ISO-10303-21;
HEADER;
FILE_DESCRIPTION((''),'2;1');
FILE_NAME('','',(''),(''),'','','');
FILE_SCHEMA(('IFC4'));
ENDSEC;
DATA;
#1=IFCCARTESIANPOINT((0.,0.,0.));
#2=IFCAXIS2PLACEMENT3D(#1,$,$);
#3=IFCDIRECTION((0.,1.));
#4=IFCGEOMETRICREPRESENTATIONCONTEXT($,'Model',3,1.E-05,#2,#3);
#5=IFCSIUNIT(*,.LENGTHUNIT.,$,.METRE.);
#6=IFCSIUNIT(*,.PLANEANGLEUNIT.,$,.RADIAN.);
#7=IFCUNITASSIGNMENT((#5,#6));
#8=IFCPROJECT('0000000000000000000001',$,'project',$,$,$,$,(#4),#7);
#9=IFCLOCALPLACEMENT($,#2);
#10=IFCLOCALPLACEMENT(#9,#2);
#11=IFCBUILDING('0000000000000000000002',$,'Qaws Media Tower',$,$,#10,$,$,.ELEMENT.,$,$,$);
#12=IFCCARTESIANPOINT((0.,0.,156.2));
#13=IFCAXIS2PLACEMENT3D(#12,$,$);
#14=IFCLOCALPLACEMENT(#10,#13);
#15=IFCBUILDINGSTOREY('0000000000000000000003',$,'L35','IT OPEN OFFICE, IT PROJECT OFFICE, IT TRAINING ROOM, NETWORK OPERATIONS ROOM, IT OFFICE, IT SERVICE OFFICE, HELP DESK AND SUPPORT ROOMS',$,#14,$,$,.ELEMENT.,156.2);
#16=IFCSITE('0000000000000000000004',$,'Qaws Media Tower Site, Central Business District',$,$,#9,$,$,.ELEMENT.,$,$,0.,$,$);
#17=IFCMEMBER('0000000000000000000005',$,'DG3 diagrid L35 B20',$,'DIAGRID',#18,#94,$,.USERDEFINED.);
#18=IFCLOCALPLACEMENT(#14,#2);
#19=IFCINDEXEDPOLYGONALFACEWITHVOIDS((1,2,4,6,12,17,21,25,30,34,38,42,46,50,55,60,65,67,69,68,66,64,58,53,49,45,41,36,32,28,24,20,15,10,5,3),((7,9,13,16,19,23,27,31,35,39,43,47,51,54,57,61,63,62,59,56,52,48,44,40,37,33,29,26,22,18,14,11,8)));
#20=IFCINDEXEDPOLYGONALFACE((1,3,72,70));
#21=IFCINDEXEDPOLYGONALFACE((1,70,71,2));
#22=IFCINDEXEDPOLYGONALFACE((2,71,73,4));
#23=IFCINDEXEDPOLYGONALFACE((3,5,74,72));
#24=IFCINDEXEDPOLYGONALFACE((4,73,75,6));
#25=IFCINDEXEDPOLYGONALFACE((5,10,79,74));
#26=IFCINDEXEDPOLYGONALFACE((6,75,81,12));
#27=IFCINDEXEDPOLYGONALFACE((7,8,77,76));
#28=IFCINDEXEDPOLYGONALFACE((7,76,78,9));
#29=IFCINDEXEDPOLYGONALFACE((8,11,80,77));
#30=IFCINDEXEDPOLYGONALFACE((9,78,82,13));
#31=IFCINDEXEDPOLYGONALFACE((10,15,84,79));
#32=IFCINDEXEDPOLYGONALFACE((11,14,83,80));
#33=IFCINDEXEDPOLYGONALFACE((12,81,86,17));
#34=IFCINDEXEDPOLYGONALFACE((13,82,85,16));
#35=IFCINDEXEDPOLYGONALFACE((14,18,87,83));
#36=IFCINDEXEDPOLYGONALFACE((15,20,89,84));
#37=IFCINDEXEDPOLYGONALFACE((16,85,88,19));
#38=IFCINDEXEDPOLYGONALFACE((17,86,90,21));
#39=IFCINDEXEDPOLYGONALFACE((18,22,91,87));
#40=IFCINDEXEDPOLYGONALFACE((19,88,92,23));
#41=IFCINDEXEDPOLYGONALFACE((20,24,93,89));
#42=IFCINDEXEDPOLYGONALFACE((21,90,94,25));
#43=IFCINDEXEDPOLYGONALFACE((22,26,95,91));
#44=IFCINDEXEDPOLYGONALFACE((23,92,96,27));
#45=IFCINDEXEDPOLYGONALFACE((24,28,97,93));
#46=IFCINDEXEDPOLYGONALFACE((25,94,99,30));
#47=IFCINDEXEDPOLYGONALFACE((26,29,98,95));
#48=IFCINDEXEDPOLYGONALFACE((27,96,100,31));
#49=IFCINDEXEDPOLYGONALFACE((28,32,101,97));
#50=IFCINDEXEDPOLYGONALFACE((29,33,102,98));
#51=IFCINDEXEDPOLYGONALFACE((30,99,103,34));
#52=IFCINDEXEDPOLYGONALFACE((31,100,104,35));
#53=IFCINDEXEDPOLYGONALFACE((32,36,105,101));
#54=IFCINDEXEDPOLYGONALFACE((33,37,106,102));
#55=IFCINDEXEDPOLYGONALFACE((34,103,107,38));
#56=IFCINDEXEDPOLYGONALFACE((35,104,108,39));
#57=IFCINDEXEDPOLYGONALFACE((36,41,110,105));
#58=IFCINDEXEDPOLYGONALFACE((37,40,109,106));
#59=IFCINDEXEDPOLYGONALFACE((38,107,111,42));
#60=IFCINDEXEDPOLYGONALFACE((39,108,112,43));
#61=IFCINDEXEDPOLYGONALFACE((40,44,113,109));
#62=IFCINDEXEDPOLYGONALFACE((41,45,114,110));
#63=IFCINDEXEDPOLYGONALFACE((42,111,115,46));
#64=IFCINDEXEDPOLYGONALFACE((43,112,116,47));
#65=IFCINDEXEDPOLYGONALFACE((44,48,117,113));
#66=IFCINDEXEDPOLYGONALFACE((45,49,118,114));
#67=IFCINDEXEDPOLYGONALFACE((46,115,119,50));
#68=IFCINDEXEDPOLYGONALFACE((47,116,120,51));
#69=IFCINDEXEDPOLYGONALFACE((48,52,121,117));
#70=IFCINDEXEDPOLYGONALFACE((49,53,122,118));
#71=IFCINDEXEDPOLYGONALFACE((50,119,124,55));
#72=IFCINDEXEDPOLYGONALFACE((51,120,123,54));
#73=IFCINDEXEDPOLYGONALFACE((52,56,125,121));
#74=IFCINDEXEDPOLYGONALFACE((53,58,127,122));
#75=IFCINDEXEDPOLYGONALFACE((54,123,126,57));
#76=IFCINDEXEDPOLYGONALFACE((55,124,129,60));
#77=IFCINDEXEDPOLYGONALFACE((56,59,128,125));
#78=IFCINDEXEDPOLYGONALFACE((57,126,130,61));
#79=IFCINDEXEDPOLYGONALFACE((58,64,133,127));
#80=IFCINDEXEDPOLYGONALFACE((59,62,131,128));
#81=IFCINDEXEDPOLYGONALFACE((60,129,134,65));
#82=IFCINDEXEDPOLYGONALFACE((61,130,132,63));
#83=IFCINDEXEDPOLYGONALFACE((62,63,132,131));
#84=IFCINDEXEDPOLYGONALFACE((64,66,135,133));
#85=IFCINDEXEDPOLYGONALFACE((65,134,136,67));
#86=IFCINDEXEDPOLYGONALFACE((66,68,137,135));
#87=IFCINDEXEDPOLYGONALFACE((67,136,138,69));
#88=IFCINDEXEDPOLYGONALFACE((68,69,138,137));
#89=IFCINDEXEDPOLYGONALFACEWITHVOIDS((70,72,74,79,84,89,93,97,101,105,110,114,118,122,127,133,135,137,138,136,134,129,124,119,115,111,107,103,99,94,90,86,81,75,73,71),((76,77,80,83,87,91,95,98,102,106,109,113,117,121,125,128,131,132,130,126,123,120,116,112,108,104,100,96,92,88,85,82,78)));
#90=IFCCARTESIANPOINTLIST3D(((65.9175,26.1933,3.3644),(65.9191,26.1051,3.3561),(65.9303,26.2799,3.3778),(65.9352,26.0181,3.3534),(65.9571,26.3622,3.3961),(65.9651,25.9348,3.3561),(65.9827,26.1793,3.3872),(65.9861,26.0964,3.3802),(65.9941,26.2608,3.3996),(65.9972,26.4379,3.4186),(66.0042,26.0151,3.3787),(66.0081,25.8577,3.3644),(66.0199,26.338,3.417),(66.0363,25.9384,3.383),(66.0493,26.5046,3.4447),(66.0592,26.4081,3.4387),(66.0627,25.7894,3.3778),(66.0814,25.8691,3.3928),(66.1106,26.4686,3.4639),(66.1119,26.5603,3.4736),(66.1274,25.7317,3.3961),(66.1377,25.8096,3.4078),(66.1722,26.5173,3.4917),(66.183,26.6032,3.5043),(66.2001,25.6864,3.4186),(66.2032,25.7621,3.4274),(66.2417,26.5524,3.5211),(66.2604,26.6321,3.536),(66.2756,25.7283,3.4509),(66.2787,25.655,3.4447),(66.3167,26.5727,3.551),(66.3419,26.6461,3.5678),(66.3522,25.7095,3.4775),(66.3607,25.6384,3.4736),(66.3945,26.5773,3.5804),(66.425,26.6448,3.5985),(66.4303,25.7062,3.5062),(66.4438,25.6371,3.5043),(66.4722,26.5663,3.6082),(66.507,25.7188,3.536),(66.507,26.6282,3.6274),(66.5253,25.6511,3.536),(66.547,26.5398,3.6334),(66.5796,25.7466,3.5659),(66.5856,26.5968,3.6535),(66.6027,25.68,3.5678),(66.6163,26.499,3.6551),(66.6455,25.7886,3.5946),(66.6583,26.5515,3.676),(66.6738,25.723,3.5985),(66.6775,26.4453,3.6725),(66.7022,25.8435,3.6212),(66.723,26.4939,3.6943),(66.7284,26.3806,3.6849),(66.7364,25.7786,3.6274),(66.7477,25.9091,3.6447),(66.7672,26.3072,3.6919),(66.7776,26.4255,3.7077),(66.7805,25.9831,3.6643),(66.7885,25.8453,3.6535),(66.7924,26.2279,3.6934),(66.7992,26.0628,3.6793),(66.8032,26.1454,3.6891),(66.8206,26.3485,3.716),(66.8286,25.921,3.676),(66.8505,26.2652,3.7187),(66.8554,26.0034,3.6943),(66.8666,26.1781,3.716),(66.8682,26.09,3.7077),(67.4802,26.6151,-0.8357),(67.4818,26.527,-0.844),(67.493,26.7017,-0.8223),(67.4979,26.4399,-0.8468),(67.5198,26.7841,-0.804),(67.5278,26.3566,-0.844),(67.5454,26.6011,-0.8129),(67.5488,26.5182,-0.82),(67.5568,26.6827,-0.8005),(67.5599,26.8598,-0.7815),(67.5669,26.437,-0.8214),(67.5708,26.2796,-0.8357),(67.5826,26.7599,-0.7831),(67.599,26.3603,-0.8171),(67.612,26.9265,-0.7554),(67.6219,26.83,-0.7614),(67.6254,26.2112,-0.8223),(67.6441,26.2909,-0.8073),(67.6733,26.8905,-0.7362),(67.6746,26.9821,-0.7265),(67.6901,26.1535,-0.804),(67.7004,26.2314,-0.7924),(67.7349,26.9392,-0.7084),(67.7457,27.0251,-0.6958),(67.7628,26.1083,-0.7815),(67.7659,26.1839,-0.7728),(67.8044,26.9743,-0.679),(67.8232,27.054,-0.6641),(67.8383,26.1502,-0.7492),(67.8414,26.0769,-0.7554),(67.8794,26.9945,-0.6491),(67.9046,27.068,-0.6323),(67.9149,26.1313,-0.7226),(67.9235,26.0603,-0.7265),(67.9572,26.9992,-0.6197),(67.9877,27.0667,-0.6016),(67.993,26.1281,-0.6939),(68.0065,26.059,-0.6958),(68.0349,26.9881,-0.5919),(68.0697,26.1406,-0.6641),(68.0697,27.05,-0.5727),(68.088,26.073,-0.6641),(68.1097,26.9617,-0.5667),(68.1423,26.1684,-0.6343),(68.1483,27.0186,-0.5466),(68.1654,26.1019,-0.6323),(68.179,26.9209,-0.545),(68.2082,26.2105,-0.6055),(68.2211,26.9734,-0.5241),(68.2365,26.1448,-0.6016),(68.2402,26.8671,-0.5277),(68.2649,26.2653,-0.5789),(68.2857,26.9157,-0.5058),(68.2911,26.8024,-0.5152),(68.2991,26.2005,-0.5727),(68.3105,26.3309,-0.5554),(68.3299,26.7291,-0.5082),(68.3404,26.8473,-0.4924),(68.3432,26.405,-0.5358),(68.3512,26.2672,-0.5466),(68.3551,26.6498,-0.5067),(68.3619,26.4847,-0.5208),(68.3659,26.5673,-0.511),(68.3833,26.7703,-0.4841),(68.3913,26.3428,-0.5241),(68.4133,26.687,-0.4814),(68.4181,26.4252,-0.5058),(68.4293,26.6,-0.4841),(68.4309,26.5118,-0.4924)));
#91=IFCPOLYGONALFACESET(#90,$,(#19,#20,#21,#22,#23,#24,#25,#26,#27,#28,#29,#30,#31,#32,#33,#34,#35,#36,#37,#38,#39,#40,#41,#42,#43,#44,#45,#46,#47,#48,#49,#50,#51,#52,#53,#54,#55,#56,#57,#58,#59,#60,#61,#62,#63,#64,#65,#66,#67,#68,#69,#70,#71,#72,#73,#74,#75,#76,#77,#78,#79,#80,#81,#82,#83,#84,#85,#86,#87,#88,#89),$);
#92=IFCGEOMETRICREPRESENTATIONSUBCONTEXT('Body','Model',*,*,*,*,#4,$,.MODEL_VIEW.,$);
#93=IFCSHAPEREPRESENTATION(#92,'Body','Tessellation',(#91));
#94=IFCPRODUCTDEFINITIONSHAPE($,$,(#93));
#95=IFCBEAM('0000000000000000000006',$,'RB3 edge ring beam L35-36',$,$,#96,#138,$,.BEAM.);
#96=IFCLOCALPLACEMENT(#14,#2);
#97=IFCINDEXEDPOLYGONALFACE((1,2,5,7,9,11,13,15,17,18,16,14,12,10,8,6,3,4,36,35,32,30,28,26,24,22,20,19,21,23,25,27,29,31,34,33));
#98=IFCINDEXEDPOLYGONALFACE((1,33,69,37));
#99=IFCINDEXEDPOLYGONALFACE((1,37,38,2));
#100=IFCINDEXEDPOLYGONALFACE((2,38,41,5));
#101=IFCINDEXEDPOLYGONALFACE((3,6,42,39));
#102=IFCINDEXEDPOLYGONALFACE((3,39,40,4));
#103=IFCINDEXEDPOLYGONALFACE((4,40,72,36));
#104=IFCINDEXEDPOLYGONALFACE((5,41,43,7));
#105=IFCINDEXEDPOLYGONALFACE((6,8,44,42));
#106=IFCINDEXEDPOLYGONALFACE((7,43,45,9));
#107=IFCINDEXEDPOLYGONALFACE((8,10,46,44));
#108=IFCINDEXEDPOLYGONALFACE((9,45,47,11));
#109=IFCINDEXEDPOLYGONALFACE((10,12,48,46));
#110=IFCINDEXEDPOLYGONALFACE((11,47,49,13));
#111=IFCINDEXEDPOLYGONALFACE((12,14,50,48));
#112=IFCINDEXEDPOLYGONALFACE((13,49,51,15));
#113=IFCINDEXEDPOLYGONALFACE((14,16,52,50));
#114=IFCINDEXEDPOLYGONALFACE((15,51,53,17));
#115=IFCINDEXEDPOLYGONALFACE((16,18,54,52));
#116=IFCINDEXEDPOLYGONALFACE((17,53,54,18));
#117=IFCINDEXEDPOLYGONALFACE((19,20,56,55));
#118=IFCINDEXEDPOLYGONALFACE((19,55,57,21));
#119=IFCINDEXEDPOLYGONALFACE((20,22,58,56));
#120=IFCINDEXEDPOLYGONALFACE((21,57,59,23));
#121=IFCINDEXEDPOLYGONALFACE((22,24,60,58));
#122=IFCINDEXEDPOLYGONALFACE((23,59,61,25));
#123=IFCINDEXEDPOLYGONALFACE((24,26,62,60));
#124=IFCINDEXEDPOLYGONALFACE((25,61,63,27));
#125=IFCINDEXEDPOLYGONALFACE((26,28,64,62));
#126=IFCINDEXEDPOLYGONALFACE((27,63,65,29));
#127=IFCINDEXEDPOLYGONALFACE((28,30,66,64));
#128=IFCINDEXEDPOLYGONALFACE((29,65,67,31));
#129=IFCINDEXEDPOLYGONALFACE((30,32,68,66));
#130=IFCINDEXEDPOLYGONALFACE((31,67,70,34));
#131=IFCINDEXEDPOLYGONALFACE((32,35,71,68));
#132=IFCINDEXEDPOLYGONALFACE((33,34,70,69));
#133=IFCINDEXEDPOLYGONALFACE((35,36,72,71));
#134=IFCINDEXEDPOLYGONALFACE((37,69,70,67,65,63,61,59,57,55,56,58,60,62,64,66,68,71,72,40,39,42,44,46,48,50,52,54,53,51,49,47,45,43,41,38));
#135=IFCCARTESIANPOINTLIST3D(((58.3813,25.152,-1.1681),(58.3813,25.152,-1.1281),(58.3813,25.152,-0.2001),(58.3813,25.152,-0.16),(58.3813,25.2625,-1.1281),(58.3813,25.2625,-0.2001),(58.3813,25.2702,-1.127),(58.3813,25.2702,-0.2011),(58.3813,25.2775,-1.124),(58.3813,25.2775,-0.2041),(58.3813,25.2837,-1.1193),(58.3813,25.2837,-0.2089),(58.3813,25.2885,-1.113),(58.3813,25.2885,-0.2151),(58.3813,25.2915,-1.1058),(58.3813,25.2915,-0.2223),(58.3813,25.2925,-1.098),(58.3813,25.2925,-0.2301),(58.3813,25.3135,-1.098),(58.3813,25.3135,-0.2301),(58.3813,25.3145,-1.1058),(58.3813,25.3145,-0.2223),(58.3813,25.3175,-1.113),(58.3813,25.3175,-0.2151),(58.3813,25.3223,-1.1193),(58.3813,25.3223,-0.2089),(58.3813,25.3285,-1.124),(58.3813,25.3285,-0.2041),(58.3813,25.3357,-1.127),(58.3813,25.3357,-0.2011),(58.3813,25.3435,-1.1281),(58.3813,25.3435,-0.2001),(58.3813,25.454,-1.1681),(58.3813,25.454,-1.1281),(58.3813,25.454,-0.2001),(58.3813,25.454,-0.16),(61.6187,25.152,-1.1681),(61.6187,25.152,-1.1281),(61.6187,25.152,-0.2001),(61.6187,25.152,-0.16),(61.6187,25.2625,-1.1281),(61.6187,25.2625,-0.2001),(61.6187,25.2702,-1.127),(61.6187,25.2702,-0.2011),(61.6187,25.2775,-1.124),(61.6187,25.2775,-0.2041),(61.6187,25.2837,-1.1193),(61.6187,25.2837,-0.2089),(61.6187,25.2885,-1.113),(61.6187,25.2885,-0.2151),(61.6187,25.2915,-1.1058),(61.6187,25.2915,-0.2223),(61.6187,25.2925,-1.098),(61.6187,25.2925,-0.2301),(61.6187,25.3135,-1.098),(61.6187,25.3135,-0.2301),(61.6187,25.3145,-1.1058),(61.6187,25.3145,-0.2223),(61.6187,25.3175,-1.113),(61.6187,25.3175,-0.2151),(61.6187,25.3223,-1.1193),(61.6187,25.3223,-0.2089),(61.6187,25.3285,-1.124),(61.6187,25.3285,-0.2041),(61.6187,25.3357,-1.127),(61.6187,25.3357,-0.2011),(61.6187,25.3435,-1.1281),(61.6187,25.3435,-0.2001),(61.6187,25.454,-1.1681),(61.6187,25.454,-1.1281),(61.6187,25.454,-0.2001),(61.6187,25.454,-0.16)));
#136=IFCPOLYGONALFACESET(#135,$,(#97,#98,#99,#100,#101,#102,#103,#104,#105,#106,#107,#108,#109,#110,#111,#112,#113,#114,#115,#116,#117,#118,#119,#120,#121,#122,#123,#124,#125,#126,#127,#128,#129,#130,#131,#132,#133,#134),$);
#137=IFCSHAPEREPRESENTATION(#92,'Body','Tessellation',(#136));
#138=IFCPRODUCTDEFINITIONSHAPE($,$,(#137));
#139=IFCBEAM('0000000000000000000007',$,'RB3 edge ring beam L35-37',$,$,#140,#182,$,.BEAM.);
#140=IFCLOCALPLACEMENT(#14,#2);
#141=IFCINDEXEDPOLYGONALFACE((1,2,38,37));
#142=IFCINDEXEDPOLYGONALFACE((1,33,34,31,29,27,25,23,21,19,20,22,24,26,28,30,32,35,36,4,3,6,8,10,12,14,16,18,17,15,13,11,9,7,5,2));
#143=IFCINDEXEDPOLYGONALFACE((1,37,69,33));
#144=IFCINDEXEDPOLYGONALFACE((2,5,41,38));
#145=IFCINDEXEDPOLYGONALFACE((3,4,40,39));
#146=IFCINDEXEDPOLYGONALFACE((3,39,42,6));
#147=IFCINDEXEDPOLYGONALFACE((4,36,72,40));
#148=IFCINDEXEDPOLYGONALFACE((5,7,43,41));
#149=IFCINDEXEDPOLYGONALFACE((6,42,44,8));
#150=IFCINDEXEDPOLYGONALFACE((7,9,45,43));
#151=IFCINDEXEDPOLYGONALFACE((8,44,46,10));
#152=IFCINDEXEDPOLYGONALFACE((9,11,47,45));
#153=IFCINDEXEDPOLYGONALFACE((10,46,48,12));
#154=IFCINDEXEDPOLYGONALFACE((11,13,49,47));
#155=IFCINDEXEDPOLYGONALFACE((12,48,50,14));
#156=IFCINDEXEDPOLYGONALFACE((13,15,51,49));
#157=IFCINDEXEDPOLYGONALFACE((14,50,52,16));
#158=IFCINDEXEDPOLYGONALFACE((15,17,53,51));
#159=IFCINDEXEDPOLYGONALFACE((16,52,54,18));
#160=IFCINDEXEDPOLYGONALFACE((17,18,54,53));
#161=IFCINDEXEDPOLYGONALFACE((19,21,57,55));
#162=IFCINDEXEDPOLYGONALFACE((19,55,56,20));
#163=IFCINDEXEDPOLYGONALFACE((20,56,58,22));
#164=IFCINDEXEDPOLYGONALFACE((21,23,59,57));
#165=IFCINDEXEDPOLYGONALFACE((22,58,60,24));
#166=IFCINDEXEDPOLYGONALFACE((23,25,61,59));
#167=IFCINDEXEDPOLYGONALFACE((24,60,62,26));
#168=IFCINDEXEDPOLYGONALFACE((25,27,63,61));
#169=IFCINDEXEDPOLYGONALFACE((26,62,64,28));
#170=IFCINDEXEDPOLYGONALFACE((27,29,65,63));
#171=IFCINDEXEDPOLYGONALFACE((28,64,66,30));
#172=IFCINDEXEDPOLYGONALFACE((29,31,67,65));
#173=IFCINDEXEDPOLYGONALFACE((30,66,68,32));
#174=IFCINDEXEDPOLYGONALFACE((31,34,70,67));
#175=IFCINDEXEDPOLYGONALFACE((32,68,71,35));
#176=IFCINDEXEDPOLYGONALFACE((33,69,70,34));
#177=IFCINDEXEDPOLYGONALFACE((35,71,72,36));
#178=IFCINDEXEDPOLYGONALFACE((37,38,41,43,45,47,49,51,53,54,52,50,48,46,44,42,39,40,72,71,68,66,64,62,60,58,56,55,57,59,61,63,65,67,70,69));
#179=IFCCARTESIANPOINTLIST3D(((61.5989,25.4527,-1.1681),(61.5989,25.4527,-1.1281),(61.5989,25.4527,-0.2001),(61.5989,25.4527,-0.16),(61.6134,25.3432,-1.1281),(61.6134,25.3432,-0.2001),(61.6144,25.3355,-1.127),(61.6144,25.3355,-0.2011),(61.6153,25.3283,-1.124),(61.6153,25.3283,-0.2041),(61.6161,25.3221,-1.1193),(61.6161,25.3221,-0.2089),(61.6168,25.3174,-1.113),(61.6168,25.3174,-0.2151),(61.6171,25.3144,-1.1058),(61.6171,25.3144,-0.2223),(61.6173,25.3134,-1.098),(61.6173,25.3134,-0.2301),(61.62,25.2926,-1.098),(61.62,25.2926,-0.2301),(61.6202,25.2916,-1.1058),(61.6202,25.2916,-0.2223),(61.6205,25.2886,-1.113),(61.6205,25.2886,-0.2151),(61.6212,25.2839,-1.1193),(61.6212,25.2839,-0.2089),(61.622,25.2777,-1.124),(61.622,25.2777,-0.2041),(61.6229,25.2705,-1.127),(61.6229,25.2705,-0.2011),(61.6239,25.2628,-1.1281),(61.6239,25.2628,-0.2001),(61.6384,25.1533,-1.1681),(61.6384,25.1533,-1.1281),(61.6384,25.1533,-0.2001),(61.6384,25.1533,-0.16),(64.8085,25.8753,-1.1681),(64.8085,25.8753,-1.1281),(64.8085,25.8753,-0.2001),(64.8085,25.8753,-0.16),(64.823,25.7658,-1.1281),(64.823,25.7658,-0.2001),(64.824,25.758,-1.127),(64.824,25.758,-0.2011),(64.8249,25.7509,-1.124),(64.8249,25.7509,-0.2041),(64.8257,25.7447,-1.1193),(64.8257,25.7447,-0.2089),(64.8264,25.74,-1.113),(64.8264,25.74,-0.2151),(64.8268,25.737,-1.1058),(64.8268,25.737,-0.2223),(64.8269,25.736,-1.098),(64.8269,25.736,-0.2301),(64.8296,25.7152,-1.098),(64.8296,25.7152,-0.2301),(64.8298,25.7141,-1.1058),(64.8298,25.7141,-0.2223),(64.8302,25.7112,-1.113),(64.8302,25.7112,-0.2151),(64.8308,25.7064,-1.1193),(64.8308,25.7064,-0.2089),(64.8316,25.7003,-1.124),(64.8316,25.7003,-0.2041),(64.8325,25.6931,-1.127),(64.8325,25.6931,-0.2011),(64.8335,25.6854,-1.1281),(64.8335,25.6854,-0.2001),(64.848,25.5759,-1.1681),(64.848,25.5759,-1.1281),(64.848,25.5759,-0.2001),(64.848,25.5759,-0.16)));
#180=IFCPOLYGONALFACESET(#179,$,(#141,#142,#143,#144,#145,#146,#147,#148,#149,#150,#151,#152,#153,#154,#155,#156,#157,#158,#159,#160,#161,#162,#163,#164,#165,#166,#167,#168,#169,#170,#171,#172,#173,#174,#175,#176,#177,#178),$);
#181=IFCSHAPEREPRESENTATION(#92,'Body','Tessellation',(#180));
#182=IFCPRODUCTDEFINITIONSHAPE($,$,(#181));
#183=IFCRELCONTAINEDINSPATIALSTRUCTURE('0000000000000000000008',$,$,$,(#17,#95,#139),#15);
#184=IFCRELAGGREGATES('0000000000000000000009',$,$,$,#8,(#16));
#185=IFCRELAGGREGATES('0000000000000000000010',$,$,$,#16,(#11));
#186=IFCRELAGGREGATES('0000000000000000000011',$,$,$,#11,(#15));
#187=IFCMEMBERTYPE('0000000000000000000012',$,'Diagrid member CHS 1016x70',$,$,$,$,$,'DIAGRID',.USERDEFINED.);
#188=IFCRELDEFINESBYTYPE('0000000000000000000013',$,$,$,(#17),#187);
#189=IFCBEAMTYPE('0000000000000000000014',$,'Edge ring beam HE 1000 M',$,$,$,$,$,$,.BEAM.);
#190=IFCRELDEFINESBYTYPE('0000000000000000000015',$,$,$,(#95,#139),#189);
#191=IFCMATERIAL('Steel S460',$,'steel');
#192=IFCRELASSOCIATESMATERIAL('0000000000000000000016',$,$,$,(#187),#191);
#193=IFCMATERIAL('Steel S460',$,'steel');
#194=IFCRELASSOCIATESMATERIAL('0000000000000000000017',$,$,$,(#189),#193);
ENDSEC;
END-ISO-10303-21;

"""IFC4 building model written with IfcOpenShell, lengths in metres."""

from ifc_helpers import new_model, si_unit, direction, frame, origin, origin_2d, place, context, subcontext, project, spatial, hollow_circle, i_section, extrude, material, material_profile, profile_set, type_object, element, save


model = new_model("IFC4")

# Units and contexts
model_context = context("Model", 3, precision=1e-05, world=origin(), true_north=direction((0.0, 1.0)))
body_context = subcontext(model_context, "Body", "Model", "MODEL_VIEW")
ifc_project = project(units=[si_unit("LENGTHUNIT", "METRE"), si_unit("PLANEANGLEUNIT", "RADIAN")], contexts=[model_context])

# Site, building, storey
site_placement = place(None, origin())
site = spatial("IfcSite", under=ifc_project, at=site_placement, Name="Qaws Media Tower Site, Central Business District", CompositionType="ELEMENT", RefElevation=0.0)
building_placement = place(site_placement, origin())
building = spatial("IfcBuilding", under=site, at=building_placement, Name="Qaws Media Tower", CompositionType="ELEMENT")
storey_placement = place(building_placement, frame((0.0, 0.0, 156.2)))
storey = spatial("IfcBuildingStorey", under=building, at=storey_placement, Name="L35", Description="IT OPEN OFFICE, IT PROJECT OFFICE, IT TRAINING ROOM, NETWORK OPERATIONS ROOM, IT OFFICE, IT SERVICE OFFICE, HELP DESK AND SUPPORT ROOMS", CompositionType="ELEMENT", Elevation=156.2)

# Member
ifc_material_1 = material(Name="Steel S460", Category="steel")
ifc_material_profile_1 = material_profile(ifc_material_1, hollow_circle(Radius=0.5081, WallThickness=0.0701, at=origin_2d()), Name="CHS 1016x70")
ifc_profile_set_1 = profile_set([ifc_material_profile_1], Name="Steel S460")
member_type_1 = type_object("IfcMemberType", Name="Diagrid member CHS 1016x70", ElementType="DIAGRID", PredefinedType="USERDEFINED", material=ifc_profile_set_1)
member_1_placement = place(storey_placement, frame((67.9556, 26.5635, -0.6641), z_axis=(-0.347175, -0.093723, 0.933105), x_axis=(0.260628, -0.965439, 0.0)))
element("IfcMember", 1, at=member_1_placement, inside=storey, type_object=member_type_1, Name="DG3 diagrid L35 B20", ObjectType="DIAGRID", PredefinedType="USERDEFINED", context=body_context, shape_type="SweptSolid", body=[
    extrude(hollow_circle(Radius=0.5081, WallThickness=0.0701, at=origin_2d()), origin(), (0.0, 0.0, 1.0), 4.5012),
])

# Beams
ifc_material_2 = material(Name="Steel S460", Category="steel")
ifc_material_profile_2 = material_profile(ifc_material_2, i_section(OverallWidth=0.302, OverallDepth=1.0081, WebThickness=0.021, FlangeThickness=0.04, FilletRadius=0.03, at=origin_2d()), Name="HE 1000 M")
ifc_profile_set_2 = profile_set([ifc_material_profile_2], Name="Steel S460")
beam_type = type_object("IfcBeamType", Name="Edge ring beam HE 1000 M", PredefinedType="BEAM", material=ifc_profile_set_2)
for number, where, z_axis, x_axis, name in (
    (2, (58.3813, 25.303, -0.6641), (1.0, 0.0, 0.0), (0.0, 1.0, 0.0), "RB3 edge ring beam L35-36"),
    (3, (61.6187, 25.303, -0.6641), (0.991443, 0.130538, 0.0), (-0.130538, 0.991443, 0.0), "RB3 edge ring beam L35-37"),
):
    element("IfcBeam", number, at=place(storey_placement, frame(where, z_axis=z_axis, x_axis=x_axis)), inside=storey, type_object=beam_type, Name=name, PredefinedType="BEAM", context=body_context, shape_type="SweptSolid", body=[
        extrude(i_section(OverallWidth=0.302, OverallDepth=1.0081, WebThickness=0.021, FlangeThickness=0.04, FilletRadius=0.03, at=origin_2d()), origin(), (0.0, 0.0, 1.0), 3.2373),
    ])

save(model, "model.ifc")
